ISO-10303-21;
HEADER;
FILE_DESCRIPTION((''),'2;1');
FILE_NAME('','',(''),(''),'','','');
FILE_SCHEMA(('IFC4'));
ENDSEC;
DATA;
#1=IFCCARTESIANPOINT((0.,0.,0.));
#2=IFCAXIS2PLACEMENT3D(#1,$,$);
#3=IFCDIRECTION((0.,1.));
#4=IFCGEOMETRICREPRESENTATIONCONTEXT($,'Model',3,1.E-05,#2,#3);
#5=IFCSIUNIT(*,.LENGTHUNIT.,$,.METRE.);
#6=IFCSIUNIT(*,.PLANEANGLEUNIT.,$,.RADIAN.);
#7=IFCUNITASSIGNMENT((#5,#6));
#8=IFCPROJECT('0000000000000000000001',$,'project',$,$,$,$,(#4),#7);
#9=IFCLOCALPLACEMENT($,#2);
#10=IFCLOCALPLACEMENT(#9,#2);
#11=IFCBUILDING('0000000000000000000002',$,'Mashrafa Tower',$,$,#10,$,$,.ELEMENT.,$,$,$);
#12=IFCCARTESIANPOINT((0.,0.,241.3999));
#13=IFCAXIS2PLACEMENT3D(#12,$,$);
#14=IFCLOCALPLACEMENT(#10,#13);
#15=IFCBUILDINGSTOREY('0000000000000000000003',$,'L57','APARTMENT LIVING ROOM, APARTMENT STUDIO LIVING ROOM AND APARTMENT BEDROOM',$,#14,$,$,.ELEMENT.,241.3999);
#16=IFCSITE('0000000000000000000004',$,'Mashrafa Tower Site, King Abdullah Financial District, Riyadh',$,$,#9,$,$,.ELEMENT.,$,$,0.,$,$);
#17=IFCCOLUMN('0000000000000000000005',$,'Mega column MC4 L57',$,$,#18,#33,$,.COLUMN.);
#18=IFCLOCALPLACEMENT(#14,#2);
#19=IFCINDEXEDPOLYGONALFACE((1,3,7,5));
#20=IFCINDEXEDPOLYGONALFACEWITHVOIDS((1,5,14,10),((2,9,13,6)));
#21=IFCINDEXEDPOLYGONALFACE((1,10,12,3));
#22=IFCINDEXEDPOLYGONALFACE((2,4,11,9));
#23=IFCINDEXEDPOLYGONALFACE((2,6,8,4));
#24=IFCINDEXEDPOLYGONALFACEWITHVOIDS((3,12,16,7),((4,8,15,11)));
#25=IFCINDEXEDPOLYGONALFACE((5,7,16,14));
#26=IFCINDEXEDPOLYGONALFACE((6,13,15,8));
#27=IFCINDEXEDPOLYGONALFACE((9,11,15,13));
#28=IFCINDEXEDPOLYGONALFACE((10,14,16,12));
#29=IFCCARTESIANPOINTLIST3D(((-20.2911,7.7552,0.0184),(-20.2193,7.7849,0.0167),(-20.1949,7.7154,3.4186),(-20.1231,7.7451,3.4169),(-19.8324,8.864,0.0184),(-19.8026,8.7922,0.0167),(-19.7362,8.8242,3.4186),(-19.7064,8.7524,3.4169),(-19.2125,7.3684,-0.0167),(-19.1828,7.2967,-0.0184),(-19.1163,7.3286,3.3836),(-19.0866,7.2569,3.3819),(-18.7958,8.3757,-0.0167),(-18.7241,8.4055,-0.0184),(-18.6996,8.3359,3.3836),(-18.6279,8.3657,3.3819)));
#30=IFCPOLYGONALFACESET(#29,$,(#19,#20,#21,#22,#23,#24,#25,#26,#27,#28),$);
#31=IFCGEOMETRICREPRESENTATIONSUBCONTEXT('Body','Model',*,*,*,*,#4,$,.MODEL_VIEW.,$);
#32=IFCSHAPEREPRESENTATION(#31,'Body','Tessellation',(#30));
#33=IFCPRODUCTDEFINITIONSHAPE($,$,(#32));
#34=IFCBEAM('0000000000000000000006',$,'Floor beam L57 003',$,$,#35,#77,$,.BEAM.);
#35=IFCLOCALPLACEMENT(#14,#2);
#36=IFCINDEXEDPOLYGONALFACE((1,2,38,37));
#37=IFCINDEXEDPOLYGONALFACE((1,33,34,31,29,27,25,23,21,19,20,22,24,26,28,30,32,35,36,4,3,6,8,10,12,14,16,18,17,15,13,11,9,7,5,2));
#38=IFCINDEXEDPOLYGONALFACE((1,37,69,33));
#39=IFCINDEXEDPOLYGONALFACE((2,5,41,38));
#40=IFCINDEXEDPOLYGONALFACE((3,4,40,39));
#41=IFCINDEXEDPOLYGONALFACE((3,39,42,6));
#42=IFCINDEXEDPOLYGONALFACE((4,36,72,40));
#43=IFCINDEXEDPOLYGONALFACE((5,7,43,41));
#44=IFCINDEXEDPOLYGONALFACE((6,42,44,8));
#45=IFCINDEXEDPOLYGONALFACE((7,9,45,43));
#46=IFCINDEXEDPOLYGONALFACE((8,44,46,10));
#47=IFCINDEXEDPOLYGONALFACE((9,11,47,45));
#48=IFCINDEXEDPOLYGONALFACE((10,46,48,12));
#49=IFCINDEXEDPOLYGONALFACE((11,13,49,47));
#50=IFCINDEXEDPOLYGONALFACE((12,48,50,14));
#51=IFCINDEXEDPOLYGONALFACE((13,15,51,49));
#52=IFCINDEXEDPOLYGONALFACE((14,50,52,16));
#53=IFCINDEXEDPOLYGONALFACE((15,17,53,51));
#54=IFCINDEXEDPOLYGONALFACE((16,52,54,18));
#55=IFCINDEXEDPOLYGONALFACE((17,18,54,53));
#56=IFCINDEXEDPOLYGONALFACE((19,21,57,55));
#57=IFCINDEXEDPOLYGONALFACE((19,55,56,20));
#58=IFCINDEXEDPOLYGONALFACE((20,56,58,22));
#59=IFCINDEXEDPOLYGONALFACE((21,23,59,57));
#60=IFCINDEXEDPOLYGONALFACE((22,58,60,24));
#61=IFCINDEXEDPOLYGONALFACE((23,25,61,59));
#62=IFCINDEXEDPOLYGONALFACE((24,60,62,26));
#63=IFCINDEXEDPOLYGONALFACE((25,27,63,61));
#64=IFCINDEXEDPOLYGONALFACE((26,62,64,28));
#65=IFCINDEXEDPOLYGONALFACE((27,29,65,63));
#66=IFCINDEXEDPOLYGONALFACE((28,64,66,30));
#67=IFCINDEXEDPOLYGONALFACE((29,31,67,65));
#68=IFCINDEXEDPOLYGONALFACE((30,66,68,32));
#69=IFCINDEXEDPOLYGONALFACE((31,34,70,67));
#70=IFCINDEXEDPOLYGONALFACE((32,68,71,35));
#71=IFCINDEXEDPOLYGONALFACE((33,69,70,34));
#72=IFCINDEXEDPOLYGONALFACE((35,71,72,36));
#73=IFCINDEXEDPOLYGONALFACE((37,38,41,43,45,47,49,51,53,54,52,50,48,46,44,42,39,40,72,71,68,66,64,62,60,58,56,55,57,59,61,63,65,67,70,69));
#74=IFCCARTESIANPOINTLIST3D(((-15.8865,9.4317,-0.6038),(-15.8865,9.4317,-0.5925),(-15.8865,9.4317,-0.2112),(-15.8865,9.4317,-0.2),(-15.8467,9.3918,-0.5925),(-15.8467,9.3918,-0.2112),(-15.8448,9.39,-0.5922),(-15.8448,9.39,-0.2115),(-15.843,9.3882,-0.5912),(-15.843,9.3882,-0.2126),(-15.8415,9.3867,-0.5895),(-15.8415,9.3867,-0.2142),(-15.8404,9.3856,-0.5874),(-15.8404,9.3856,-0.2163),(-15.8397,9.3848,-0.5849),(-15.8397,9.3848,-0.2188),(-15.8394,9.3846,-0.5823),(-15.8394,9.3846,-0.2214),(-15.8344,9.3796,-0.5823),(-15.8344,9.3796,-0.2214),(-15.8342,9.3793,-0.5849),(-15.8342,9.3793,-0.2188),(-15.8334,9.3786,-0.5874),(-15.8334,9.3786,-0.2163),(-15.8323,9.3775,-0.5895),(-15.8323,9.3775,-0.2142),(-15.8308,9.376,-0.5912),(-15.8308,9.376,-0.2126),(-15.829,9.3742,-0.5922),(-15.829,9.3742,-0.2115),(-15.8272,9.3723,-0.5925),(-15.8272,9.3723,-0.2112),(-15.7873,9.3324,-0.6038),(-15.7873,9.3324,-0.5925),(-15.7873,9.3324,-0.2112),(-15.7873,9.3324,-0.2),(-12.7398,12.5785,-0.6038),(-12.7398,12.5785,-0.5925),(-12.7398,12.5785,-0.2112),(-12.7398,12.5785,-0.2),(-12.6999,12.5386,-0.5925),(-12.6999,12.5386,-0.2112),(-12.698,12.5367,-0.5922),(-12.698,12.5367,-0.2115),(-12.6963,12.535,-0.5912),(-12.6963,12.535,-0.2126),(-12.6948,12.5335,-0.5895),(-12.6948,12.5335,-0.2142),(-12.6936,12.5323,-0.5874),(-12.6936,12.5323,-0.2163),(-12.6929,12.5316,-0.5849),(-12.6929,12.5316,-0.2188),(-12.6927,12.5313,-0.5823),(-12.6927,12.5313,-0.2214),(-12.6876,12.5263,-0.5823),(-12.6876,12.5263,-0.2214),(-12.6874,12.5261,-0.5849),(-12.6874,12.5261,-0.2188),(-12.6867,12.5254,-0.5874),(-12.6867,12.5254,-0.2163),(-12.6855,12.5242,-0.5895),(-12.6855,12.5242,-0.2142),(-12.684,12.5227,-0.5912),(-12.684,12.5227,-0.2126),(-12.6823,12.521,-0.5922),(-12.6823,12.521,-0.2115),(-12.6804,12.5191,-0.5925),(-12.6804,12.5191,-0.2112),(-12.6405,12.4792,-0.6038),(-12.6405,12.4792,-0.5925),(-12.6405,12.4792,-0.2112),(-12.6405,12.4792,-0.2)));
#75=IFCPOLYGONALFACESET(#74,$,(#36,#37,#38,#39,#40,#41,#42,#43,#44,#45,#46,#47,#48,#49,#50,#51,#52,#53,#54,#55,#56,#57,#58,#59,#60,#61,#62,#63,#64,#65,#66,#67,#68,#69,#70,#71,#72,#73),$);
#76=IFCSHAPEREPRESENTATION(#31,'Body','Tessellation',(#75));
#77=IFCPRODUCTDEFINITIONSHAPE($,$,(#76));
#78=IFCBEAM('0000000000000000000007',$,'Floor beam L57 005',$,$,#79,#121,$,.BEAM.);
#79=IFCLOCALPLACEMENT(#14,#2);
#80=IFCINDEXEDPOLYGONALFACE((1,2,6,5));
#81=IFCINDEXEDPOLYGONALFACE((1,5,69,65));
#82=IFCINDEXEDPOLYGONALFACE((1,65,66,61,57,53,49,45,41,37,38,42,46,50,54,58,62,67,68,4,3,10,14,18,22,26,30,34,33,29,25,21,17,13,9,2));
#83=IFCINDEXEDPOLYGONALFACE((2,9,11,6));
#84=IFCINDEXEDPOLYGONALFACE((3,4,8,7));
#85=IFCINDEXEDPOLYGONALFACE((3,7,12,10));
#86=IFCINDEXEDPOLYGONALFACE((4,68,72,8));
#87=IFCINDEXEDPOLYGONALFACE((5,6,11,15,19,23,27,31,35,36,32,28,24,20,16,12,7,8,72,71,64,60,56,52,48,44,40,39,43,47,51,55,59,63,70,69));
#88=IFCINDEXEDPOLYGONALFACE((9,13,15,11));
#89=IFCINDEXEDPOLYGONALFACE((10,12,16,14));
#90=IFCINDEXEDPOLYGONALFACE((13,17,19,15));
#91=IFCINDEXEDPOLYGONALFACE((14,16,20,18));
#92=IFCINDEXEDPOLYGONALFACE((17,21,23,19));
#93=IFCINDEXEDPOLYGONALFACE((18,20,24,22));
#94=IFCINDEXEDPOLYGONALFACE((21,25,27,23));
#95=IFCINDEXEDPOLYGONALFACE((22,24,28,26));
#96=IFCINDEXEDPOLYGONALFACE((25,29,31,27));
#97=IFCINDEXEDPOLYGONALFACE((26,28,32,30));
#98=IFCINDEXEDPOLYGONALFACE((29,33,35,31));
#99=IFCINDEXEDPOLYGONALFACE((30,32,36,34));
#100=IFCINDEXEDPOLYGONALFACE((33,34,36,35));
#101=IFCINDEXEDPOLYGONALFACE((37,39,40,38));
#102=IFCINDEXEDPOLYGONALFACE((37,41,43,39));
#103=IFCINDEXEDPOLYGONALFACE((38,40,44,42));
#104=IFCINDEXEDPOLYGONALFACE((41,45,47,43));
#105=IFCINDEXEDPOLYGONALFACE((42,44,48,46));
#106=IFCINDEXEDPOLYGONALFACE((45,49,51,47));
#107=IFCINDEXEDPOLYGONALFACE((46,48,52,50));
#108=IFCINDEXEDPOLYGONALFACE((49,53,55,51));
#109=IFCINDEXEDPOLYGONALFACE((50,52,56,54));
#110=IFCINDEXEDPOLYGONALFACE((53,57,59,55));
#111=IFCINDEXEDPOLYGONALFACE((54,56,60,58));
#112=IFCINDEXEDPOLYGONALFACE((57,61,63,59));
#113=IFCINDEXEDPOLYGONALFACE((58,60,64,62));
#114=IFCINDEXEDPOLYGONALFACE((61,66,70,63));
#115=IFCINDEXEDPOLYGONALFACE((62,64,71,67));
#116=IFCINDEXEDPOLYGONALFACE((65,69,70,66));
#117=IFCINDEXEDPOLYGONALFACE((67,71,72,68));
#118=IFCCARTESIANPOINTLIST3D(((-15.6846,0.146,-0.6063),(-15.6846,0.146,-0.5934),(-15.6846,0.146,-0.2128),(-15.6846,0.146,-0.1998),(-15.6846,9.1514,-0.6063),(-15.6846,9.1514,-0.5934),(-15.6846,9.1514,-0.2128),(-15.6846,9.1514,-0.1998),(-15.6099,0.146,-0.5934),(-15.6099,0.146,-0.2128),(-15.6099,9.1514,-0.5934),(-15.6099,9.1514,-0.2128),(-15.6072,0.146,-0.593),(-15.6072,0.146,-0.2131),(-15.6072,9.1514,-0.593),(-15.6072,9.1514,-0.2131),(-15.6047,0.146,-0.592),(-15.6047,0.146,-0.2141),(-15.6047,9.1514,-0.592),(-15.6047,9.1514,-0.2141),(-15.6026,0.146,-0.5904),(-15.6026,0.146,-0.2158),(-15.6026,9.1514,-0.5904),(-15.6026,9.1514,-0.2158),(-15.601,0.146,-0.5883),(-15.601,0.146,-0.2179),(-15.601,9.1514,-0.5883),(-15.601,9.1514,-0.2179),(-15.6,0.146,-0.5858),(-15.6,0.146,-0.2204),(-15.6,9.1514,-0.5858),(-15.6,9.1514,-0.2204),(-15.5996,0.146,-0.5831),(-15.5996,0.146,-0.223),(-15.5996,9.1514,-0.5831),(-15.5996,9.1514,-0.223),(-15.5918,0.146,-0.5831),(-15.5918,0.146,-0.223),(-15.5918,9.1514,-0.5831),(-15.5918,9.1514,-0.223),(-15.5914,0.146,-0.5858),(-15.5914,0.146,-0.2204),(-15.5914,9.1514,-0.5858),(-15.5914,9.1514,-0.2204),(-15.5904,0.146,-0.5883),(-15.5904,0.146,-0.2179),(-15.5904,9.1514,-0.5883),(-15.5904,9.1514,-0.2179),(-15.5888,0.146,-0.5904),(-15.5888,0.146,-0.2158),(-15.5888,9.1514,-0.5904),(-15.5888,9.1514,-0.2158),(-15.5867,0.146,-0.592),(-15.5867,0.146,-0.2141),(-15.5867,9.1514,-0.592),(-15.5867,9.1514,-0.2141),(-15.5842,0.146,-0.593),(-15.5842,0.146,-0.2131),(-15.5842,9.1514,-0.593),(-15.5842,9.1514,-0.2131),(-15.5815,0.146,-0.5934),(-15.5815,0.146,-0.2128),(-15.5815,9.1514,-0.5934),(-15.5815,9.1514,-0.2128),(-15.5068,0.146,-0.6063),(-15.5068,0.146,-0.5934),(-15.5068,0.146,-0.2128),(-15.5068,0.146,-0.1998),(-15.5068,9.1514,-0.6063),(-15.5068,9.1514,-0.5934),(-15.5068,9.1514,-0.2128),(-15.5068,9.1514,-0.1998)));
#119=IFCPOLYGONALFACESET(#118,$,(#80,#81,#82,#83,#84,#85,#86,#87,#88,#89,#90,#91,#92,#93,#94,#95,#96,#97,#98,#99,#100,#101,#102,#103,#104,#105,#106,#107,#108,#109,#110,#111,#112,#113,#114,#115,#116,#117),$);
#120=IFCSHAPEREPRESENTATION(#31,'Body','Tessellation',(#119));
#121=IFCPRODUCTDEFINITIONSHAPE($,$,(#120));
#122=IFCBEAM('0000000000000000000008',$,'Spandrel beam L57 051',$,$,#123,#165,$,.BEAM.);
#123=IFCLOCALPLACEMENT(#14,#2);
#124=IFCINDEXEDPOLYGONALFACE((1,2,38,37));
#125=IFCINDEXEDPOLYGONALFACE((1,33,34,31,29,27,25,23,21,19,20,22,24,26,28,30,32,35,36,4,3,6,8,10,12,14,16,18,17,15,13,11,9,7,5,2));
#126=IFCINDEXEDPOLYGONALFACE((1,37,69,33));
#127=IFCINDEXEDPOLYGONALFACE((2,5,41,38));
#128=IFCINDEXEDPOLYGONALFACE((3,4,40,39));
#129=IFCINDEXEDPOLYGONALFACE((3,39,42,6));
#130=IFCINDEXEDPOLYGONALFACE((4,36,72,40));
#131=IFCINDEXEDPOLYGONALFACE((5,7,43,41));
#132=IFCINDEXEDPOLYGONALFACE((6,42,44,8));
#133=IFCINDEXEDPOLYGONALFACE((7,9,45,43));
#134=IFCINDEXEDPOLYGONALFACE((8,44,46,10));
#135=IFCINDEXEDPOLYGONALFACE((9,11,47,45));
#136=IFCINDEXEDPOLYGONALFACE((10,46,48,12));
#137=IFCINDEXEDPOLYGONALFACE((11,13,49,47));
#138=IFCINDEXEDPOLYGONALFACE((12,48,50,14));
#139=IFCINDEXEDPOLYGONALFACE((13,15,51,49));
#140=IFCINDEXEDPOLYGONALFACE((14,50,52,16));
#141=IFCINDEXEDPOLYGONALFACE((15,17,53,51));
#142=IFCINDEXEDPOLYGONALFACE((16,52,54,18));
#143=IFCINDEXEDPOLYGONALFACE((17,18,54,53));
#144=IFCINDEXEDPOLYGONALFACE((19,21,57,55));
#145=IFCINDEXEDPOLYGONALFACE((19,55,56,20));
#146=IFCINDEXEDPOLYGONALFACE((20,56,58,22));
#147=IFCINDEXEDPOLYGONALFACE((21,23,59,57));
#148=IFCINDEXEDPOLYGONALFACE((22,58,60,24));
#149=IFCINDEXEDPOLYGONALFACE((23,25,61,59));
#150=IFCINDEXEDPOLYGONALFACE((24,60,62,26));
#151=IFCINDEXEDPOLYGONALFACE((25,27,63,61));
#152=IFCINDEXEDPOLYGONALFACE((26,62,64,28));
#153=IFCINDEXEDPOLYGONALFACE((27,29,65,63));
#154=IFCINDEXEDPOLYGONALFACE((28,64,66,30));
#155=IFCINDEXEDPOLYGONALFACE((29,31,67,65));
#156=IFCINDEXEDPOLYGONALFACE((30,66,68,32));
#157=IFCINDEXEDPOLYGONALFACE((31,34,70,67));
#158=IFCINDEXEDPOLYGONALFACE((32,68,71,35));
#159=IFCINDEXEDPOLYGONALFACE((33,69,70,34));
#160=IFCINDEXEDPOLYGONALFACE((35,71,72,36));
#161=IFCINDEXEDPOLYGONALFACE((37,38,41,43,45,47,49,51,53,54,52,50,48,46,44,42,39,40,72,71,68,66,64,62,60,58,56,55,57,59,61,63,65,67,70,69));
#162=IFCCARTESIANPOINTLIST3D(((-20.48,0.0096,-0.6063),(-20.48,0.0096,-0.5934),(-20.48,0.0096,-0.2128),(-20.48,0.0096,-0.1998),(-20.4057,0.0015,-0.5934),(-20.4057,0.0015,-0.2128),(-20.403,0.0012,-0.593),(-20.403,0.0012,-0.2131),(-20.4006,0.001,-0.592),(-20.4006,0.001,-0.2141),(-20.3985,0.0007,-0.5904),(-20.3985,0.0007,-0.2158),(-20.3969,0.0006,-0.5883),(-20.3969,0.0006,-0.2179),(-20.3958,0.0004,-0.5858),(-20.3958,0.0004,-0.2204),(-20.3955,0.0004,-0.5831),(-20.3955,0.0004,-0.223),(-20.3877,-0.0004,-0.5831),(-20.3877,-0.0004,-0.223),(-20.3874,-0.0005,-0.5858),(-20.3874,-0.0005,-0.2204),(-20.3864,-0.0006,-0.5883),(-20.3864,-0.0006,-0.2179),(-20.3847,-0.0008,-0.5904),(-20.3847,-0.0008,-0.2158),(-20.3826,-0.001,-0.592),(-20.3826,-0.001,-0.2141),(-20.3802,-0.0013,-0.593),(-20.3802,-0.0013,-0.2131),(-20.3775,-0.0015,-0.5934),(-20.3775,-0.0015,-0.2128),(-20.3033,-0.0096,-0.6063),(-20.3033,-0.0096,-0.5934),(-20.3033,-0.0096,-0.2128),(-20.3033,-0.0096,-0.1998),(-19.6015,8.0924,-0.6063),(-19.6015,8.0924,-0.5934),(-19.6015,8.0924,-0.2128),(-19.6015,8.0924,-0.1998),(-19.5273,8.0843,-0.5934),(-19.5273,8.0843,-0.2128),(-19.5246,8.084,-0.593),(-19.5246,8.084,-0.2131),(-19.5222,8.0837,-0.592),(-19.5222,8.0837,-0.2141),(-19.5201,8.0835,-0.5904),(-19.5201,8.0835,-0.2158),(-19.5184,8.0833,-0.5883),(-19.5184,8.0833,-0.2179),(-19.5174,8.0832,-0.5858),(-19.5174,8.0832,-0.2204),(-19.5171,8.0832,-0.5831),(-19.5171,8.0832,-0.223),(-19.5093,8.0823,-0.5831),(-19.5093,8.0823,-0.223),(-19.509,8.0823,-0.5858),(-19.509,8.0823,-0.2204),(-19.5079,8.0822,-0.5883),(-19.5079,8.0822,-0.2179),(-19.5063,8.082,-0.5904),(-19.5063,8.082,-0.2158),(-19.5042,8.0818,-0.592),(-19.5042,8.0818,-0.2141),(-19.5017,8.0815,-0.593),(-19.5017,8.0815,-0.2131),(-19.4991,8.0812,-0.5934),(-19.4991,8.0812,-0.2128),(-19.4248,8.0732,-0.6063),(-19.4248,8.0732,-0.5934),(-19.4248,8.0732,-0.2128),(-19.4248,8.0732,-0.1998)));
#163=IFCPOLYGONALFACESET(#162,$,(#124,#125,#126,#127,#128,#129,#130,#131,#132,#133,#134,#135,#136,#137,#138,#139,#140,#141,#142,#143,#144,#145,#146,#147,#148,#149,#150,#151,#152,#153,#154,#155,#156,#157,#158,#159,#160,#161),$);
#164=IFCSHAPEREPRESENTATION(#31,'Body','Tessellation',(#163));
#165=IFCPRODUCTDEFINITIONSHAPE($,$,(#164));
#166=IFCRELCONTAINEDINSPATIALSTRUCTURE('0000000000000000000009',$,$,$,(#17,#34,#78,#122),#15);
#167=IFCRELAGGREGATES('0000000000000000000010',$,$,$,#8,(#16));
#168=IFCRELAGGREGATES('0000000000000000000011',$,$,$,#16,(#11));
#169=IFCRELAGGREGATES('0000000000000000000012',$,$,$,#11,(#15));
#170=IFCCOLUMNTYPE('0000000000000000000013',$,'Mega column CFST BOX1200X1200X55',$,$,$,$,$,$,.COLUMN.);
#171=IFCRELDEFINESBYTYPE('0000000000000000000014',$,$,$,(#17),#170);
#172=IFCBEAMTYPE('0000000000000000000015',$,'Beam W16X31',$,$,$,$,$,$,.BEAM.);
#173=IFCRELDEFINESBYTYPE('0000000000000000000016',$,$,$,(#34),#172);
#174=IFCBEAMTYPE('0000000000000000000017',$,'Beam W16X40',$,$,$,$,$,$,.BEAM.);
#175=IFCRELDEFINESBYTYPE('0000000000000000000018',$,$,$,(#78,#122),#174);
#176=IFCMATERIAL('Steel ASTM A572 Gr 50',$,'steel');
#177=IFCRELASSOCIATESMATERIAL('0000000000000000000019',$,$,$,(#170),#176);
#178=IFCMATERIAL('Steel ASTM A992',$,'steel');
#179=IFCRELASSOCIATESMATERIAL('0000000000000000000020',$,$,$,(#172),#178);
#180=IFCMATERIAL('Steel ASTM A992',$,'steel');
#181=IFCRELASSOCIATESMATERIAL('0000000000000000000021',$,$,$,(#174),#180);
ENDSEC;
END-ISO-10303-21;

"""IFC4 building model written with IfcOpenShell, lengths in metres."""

from ifc_helpers import new_model, si_unit, direction, frame, origin, origin_2d, place, context, subcontext, project, spatial, hollow_rectangle, i_section, extrude, material, material_profile, profile_set, type_object, element, save


model = new_model("IFC4")

# Units and contexts
model_context = context("Model", 3, precision=1e-05, world=origin(), true_north=direction((0.0, 1.0)))
body_context = subcontext(model_context, "Body", "Model", "MODEL_VIEW")
ifc_project = project(units=[si_unit("LENGTHUNIT", "METRE"), si_unit("PLANEANGLEUNIT", "RADIAN")], contexts=[model_context])

# Site, building, storey
site_placement = place(None, origin())
site = spatial("IfcSite", under=ifc_project, at=site_placement, Name="Mashrafa Tower Site, King Abdullah Financial District, Riyadh", CompositionType="ELEMENT", RefElevation=0.0)
building_placement = place(site_placement, origin())
building = spatial("IfcBuilding", under=site, at=building_placement, Name="Mashrafa Tower", CompositionType="ELEMENT")
storey_placement = place(building_placement, frame((0.0, 0.0, 241.3999)))
storey = spatial("IfcBuildingStorey", under=building, at=storey_placement, Name="L57", Description="APARTMENT LIVING ROOM, APARTMENT STUDIO LIVING ROOM AND APARTMENT BEDROOM", CompositionType="ELEMENT", Elevation=241.3999)

# Column
ifc_material_1 = material(Name="Steel ASTM A572 Gr 50", Category="steel")
ifc_material_profile_1 = material_profile(ifc_material_1, hollow_rectangle(XDim=1.2, YDim=1.2, WallThickness=0.0549, at=origin_2d()), Name="BOX1200X1200X55")
ifc_profile_set_1 = profile_set([ifc_material_profile_1], Name="Steel ASTM A572 Gr 50")
column_type = type_object("IfcColumnType", Name="Mega column CFST BOX1200X1200X55", PredefinedType="COLUMN", material=ifc_profile_set_1)
column_placement = place(storey_placement, frame((-19.5076, 8.0803, 0.0), z_axis=(0.028277, -0.011698, 0.999532), x_axis=(0.382283, 0.924045, 0.0)))
element("IfcColumn", 1, at=column_placement, inside=storey, type_object=column_type, Name="Mega column MC4 L57", PredefinedType="COLUMN", context=body_context, shape_type="SweptSolid", body=[
    extrude(hollow_rectangle(XDim=1.2, YDim=1.2, WallThickness=0.0549, at=origin_2d()), origin(), (0.0, 0.0, 1.0), 3.4019),
])

# Beams
ifc_material_2 = material(Name="Steel ASTM A992", Category="steel")
ifc_material_profile_2 = material_profile(ifc_material_2, i_section(OverallWidth=0.1404, OverallDepth=0.4038, WebThickness=0.0071, FlangeThickness=0.0112, FilletRadius=0.0103, at=origin_2d()), Name="W16X31")
ifc_profile_set_2 = profile_set([ifc_material_profile_2], Name="Steel ASTM A992")
beam_type_1 = type_object("IfcBeamType", Name="Beam W16X31", PredefinedType="BEAM", material=ifc_profile_set_2)
beam_1_placement = place(storey_placement, frame((-15.8369, 9.3821, -0.4019), z_axis=(0.707107, 0.707107, 0.0), x_axis=(-0.707107, 0.707107, 0.0)))
element("IfcBeam", 2, at=beam_1_placement, inside=storey, type_object=beam_type_1, Name="Floor beam L57 003", PredefinedType="BEAM", context=body_context, shape_type="SweptSolid", body=[
    extrude(i_section(OverallWidth=0.1404, OverallDepth=0.4038, WebThickness=0.0071, FlangeThickness=0.0112, FilletRadius=0.0103, at=origin_2d()), origin(), (0.0, 0.0, 1.0), 4.4502),
])
ifc_material_3 = material(Name="Steel ASTM A992", Category="steel")
ifc_material_profile_3 = material_profile(ifc_material_3, i_section(OverallWidth=0.1777, OverallDepth=0.4065, WebThickness=0.0078, FlangeThickness=0.0129, FilletRadius=0.0103, at=origin_2d()), Name="W16X40")
ifc_profile_set_3 = profile_set([ifc_material_profile_3], Name="Steel ASTM A992")
beam_type_2 = type_object("IfcBeamType", Name="Beam W16X40", PredefinedType="BEAM", material=ifc_profile_set_3)
beam_2_placement = place(storey_placement, frame((-15.5957, 0.146, -0.4031), z_axis=(0.0, 1.0, 0.0), x_axis=(-1.0, 0.0, 0.0)))
element("IfcBeam", 3, at=beam_2_placement, inside=storey, type_object=beam_type_2, Name="Floor beam L57 005", PredefinedType="BEAM", context=body_context, shape_type="SweptSolid", body=[
    extrude(i_section(OverallWidth=0.1777, OverallDepth=0.4065, WebThickness=0.0078, FlangeThickness=0.0129, FilletRadius=0.0103, at=origin_2d()), origin(), (0.0, 0.0, 1.0), 9.0054),
])
beam_3_placement = place(storey_placement, frame((-19.5132, 8.0828, -0.4031), z_axis=(-0.108042, -0.994146, 0.0), x_axis=(0.994146, -0.108042, 0.0)))
element("IfcBeam", 4, at=beam_3_placement, inside=storey, type_object=beam_type_2, Name="Spandrel beam L57 051", PredefinedType="BEAM", context=body_context, shape_type="SweptSolid", body=[
    extrude(i_section(OverallWidth=0.1777, OverallDepth=0.4065, WebThickness=0.0078, FlangeThickness=0.0129, FilletRadius=0.0103, at=origin_2d()), origin(), (0.0, 0.0, 1.0), 8.1304),
])

save(model, "model.ifc")
